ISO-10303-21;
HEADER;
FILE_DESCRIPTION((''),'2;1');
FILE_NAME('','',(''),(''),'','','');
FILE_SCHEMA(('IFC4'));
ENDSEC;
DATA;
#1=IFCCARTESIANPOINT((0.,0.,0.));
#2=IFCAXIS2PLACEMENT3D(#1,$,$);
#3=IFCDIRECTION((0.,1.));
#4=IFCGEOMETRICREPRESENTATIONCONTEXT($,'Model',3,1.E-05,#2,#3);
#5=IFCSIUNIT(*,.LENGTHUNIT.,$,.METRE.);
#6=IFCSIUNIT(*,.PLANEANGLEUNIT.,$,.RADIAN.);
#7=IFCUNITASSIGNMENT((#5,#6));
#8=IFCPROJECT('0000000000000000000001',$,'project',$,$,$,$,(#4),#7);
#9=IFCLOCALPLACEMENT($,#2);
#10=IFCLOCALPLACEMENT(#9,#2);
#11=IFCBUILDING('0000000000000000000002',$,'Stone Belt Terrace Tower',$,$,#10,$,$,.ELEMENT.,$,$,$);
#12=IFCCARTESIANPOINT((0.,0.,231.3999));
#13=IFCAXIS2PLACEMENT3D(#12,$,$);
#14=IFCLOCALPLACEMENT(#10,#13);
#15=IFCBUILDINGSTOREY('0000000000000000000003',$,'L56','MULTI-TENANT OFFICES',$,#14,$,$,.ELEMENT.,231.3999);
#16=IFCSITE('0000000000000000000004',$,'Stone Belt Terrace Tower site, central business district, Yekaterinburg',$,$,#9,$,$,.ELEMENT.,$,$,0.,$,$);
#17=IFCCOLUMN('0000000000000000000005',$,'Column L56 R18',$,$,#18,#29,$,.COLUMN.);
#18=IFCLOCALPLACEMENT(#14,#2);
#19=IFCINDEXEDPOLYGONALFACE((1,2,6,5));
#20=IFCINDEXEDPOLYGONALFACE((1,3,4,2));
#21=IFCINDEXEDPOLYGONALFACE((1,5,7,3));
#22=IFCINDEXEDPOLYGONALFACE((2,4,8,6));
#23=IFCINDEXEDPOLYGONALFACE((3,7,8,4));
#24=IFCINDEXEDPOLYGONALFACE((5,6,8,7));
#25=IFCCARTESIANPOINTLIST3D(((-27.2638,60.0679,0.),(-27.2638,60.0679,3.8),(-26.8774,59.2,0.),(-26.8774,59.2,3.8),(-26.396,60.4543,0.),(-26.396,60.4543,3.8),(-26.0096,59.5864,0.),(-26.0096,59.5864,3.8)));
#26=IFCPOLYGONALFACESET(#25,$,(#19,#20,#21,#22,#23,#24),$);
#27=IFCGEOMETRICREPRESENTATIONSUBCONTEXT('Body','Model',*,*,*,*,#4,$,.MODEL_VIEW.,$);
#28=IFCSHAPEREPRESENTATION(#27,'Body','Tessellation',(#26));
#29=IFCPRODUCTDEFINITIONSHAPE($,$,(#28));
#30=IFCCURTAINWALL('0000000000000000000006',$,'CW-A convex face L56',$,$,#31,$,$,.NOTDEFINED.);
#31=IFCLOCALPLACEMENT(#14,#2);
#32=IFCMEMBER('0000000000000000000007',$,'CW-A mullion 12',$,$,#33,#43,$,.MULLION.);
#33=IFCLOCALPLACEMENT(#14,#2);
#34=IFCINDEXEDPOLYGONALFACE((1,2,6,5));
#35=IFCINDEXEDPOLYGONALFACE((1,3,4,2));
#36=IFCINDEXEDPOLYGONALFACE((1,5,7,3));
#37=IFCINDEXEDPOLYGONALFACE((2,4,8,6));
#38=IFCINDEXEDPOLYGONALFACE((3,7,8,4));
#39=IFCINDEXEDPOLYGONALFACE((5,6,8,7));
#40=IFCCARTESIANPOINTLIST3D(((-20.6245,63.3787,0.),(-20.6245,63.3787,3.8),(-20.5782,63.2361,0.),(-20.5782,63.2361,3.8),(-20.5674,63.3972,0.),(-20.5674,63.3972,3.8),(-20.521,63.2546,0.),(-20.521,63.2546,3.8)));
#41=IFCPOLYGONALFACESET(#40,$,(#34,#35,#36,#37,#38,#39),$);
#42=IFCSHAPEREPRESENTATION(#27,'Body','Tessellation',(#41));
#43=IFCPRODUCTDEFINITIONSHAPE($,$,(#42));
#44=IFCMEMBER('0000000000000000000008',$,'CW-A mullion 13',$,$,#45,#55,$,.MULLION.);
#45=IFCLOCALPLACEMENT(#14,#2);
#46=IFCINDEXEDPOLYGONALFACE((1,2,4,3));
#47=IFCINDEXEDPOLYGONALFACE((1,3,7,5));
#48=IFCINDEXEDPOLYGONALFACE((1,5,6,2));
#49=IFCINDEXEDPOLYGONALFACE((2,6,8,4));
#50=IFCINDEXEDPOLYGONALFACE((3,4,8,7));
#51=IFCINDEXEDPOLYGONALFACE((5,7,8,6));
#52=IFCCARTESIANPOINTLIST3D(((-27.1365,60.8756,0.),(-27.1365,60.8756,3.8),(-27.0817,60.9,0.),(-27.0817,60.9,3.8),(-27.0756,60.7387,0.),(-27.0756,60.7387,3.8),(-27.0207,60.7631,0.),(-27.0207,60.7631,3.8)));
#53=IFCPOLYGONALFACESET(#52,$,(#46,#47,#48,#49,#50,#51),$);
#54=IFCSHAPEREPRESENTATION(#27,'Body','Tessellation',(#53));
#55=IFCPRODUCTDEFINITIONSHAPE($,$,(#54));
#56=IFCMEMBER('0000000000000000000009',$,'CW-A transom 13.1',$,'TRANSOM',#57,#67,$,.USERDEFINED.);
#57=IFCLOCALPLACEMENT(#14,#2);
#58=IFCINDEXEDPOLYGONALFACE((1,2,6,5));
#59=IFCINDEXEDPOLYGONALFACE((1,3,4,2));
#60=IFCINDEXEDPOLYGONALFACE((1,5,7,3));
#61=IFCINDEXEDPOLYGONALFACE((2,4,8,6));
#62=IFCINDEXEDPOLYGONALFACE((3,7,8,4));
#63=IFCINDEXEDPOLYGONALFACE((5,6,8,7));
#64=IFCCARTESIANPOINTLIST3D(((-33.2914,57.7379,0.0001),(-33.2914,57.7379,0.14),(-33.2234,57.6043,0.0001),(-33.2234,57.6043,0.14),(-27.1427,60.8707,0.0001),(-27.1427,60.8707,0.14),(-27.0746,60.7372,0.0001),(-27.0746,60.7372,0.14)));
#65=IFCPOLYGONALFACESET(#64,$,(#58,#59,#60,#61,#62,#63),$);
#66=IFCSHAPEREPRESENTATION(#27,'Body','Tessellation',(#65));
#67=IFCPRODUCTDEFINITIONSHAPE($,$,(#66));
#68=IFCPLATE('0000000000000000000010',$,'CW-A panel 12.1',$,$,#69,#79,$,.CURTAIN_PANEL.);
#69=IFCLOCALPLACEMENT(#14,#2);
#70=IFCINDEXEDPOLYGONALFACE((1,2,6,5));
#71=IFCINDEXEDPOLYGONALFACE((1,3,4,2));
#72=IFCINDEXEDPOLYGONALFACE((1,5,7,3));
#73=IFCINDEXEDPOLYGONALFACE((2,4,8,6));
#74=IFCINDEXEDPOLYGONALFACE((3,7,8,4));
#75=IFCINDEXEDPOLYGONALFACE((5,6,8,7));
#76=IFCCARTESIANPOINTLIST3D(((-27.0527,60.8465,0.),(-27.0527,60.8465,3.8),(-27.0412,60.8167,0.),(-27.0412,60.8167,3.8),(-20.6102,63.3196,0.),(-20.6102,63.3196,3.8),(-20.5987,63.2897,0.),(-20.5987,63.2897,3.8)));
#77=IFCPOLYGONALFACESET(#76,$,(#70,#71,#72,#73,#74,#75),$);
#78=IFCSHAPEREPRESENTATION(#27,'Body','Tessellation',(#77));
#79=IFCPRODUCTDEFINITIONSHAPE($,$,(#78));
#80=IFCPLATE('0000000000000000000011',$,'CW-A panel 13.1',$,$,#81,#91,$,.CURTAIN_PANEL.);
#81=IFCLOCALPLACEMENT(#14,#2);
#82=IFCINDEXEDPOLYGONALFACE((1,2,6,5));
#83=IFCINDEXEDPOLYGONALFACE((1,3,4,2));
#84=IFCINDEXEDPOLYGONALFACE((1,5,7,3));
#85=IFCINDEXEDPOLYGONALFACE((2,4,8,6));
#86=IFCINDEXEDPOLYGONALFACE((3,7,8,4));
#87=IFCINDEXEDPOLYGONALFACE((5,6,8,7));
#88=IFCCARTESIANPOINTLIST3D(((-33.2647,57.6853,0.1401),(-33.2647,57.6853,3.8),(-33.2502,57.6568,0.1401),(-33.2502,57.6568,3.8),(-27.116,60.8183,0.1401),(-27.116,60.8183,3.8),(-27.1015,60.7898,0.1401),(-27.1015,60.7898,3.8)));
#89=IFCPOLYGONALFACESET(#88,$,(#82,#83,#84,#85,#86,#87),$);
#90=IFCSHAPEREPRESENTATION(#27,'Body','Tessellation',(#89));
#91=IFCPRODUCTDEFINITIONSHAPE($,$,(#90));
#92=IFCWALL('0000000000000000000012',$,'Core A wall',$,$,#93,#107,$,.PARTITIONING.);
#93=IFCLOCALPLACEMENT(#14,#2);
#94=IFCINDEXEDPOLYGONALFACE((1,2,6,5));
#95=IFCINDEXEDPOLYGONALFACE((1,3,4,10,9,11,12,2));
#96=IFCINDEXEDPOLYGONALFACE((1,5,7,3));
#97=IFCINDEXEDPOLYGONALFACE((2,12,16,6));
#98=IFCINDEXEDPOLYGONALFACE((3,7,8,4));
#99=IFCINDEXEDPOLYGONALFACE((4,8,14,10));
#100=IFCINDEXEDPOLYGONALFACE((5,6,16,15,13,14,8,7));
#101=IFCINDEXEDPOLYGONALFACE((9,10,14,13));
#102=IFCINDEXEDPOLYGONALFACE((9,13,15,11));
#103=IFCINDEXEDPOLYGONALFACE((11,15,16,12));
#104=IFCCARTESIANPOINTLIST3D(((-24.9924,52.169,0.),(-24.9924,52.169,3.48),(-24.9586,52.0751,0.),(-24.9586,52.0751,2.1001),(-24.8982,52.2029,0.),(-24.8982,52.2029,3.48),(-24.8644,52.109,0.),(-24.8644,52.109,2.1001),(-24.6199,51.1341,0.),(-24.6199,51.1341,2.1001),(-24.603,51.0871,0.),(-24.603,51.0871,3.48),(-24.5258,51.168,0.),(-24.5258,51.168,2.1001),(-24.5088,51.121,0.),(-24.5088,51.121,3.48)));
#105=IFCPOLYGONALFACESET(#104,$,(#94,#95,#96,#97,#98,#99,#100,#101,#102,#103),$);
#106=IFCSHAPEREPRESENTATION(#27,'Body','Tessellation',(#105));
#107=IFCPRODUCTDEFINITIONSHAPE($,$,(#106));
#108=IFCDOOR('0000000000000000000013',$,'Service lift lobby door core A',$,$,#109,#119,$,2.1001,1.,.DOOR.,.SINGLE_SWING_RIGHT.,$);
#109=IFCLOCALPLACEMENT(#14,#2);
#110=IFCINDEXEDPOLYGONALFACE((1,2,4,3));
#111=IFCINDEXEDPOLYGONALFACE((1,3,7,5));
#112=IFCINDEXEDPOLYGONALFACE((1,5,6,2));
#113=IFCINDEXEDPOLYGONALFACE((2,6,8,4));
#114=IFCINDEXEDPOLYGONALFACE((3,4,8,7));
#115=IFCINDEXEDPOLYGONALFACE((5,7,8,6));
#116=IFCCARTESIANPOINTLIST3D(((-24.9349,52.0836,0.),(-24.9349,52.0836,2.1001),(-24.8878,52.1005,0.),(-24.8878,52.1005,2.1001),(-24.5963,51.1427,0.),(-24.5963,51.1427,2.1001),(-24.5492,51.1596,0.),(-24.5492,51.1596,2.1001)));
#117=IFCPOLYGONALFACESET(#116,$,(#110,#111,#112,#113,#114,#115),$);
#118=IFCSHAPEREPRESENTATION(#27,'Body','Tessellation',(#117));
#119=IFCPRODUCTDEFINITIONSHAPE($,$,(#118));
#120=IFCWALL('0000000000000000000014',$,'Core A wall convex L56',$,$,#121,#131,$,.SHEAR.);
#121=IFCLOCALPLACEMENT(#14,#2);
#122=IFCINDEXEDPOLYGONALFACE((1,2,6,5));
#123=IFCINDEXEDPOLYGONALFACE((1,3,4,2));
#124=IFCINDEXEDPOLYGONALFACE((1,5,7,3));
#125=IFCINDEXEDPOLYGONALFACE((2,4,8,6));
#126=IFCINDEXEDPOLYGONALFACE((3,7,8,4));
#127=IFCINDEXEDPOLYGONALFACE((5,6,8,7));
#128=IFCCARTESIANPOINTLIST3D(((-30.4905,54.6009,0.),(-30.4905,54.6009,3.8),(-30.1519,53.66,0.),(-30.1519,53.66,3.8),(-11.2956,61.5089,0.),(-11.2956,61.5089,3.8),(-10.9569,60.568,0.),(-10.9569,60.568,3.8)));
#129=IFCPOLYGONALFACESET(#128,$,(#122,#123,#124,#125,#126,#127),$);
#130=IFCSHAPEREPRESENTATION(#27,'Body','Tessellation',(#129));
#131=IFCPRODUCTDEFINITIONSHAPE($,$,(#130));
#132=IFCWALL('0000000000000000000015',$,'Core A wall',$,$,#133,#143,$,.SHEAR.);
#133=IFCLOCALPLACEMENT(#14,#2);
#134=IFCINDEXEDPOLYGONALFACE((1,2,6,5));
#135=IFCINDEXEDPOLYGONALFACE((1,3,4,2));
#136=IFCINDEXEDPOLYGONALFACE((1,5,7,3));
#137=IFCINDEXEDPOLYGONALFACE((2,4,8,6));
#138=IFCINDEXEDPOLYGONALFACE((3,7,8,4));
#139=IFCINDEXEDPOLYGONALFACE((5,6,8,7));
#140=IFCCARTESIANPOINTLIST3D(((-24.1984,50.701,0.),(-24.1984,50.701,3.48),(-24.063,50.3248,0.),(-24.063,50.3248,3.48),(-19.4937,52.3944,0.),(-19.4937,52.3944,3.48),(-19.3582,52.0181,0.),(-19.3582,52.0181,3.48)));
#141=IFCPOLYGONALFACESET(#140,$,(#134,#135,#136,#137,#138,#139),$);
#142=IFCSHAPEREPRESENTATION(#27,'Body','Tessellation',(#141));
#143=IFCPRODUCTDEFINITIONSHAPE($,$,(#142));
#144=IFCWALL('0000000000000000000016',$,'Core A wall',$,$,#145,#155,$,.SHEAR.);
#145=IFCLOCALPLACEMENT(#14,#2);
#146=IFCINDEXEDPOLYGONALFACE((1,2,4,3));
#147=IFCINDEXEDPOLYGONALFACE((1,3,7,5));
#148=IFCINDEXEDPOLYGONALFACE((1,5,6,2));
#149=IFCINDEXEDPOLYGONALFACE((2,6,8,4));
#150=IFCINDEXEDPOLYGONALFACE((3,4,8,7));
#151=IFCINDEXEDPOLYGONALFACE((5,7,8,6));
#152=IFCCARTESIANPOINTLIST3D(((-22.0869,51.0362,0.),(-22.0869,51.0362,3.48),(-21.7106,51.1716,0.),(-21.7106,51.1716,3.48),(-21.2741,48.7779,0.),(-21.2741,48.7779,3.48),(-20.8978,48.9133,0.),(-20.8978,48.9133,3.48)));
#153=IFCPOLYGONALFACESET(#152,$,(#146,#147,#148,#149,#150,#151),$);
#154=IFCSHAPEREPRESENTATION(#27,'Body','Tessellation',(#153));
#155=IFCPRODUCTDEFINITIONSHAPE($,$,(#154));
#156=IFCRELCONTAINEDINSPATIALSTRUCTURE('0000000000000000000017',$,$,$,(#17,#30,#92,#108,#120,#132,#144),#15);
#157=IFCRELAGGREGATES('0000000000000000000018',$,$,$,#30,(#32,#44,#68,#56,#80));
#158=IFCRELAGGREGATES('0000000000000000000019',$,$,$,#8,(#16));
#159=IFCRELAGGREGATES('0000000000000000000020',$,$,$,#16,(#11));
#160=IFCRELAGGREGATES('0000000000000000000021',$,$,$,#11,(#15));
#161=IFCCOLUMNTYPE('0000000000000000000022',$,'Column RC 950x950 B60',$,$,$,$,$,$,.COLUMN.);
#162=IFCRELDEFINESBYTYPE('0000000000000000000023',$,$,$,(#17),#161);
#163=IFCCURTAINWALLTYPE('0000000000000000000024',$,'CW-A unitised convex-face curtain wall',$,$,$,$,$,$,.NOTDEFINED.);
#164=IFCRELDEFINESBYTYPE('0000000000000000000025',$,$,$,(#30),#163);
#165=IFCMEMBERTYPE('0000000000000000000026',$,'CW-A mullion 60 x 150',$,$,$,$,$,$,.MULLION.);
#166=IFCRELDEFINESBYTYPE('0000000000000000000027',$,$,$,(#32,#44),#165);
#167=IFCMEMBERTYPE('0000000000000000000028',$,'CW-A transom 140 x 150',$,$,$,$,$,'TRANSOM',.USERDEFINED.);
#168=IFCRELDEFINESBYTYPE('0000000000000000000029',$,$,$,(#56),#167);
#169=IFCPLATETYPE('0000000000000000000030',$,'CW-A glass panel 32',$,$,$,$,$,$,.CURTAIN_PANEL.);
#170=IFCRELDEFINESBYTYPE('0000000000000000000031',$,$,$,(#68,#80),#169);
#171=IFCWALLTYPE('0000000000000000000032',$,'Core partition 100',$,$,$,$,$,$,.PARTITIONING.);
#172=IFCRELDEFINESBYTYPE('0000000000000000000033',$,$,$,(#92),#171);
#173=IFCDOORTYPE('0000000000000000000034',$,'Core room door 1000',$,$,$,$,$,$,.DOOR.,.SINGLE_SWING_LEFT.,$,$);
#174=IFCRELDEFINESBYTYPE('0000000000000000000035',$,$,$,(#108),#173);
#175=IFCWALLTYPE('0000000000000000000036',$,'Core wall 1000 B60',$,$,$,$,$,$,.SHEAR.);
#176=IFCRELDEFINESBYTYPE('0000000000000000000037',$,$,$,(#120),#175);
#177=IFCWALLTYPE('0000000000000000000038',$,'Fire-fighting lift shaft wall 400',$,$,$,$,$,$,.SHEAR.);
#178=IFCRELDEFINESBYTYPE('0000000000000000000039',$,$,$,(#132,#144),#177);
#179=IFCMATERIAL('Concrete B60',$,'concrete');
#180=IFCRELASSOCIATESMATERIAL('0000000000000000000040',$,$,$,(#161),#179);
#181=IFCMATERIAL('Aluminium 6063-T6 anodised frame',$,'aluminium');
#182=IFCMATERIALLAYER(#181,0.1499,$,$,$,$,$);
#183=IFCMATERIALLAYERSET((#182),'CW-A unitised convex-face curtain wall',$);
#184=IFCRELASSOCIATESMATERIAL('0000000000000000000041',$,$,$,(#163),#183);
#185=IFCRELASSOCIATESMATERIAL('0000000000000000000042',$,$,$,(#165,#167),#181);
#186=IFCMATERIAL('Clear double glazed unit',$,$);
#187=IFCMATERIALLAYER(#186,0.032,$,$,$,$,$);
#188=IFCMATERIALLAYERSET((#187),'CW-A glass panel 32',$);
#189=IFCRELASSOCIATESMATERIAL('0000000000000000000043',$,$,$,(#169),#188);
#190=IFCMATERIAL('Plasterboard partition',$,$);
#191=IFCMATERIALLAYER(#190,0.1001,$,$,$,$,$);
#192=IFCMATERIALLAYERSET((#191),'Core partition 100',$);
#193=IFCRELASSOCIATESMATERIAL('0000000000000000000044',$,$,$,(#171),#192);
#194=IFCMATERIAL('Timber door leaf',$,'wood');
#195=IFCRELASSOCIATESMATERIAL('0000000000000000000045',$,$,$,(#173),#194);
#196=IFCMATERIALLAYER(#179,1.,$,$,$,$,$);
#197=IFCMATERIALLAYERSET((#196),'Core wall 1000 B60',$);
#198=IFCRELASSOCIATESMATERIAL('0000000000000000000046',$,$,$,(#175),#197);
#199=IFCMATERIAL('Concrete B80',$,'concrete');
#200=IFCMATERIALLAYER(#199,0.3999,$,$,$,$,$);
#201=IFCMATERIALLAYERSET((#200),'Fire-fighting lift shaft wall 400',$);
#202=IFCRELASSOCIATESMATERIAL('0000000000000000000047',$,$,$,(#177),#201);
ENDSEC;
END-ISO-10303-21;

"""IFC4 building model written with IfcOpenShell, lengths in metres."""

from ifc_helpers import new_model, si_unit, direction, frame, frame_2d, origin, origin_2d, place, context, subcontext, project, spatial, rectangle, extrude, material, layer, layer_set, material_profile, profile_set, type_object, element, fill, aggregate, save


model = new_model("IFC4")

# Units and contexts
model_context = context("Model", 3, precision=1e-05, world=origin(), true_north=direction((0.0, 1.0)))
body_context = subcontext(model_context, "Body", "Model", "MODEL_VIEW")
ifc_project = project(units=[si_unit("LENGTHUNIT", "METRE"), si_unit("PLANEANGLEUNIT", "RADIAN")], contexts=[model_context])

# Site, building, storey
site_placement = place(None, origin())
site = spatial("IfcSite", under=ifc_project, at=site_placement, Name="Stone Belt Terrace Tower site, central business district, Yekaterinburg", CompositionType="ELEMENT", RefElevation=0.0)
building_placement = place(site_placement, origin())
building = spatial("IfcBuilding", under=site, at=building_placement, Name="Stone Belt Terrace Tower", CompositionType="ELEMENT")
storey_placement = place(building_placement, frame((0.0, 0.0, 231.3999)))
storey = spatial("IfcBuildingStorey", under=building, at=storey_placement, Name="L56", Description="MULTI-TENANT OFFICES", CompositionType="ELEMENT", Elevation=231.3999)

# Column
ifc_material_1 = material(Name="Concrete B60", Category="concrete")
ifc_material_profile_1 = material_profile(ifc_material_1, rectangle(XDim=0.95, YDim=0.95, at=origin_2d()), Name="RC 950x950")
ifc_profile_set_1 = profile_set([ifc_material_profile_1], Name="Concrete B60")
column_type = type_object("IfcColumnType", Name="Column RC 950x950 B60", PredefinedType="COLUMN", material=ifc_profile_set_1)
column_placement = place(storey_placement, frame((-26.6367, 59.8271, 0.0), z_axis=(0.0, 0.0, 1.0), x_axis=(0.913545, 0.406737, 0.0)))
element("IfcColumn", 1, at=column_placement, inside=storey, type_object=column_type, Name="Column L56 R18", PredefinedType="COLUMN", context=body_context, shape_type="SweptSolid", body=[
    extrude(rectangle(XDim=0.95, YDim=0.95, at=origin_2d()), origin(), (0.0, 0.0, 1.0), 3.8),
])

# Curtain wall, members, plates
ifc_material_2 = material(Name="Aluminium 6063-T6 anodised frame", Category="aluminium")
ifc_layer_1 = layer(ifc_material_2, 0.1499)
ifc_layer_set_1 = layer_set([ifc_layer_1], Name="CW-A unitised convex-face curtain wall")
curtain_wall_type = type_object("IfcCurtainWallType", Name="CW-A unitised convex-face curtain wall", PredefinedType="NOTDEFINED", material=ifc_layer_set_1)
curtain_wall_placement = place(storey_placement, origin())
curtain_wall = element("IfcCurtainWall", 2, at=curtain_wall_placement, inside=storey, type_object=curtain_wall_type, Name="CW-A convex face L56", PredefinedType="NOTDEFINED")
ifc_material_profile_2 = material_profile(ifc_material_2, rectangle(XDim=0.1499, YDim=0.0601, at=origin_2d()), Name="Aluminium 6063-T6 60x150")
ifc_profile_set_2 = profile_set([ifc_material_profile_2], Name="Aluminium 6063-T6 anodised frame")
member_type_1 = type_object("IfcMemberType", Name="CW-A mullion 60 x 150", PredefinedType="MULLION", material=ifc_profile_set_2)
member_1_placement = place(storey_placement, frame((-20.5728, 63.3167, 0.0), z_axis=(0.0, 0.0, 1.0), x_axis=(0.309017, -0.951057, 0.0)))
member_1 = element("IfcMember", 3, at=member_1_placement, type_object=member_type_1, Name="CW-A mullion 12", PredefinedType="MULLION", context=body_context, shape_type="SweptSolid", body=[
    extrude(rectangle(XDim=0.1499, YDim=0.0601, at=origin_2d()), origin(), (0.0, 0.0, 1.0), 3.8),
])
member_2_placement = place(storey_placement, frame((-27.0786, 60.8193, 0.0), z_axis=(0.0, 0.0, 1.0), x_axis=(0.406737, -0.913545, 0.0)))
member_2 = element("IfcMember", 4, at=member_2_placement, type_object=member_type_1, Name="CW-A mullion 13", PredefinedType="MULLION", context=body_context, shape_type="SweptSolid", body=[
    extrude(rectangle(XDim=0.1499, YDim=0.0601, at=origin_2d()), origin(), (0.0, 0.0, 1.0), 3.8),
])
ifc_material_profile_3 = material_profile(ifc_material_2, rectangle(XDim=0.1499, YDim=0.1399, at=origin_2d()), Name="Aluminium 6063-T6 150x140")
ifc_profile_set_3 = profile_set([ifc_material_profile_3], Name="Aluminium 6063-T6 anodised frame")
member_type_2 = type_object("IfcMemberType", Name="CW-A transom 140 x 150", ElementType="TRANSOM", PredefinedType="USERDEFINED", material=ifc_profile_set_3)
member_3_placement = place(storey_placement, frame((-27.1086, 60.804, 0.0701), z_axis=(-0.891012, -0.453979, 0.0), x_axis=(0.453979, -0.891012, 0.0)))
member_3 = element("IfcMember", 5, at=member_3_placement, type_object=member_type_2, Name="CW-A transom 13.1", ObjectType="TRANSOM", PredefinedType="USERDEFINED", context=body_context, shape_type="SweptSolid", body=[
    extrude(rectangle(XDim=0.1499, YDim=0.1399, at=origin_2d()), origin(), (0.0, 0.0, 1.0), 6.9009),
])
ifc_material_3 = material(Name="Clear double glazed unit")
ifc_layer_2 = layer(ifc_material_3, 0.032)
ifc_layer_set_2 = layer_set([ifc_layer_2], Name="CW-A glass panel 32")
plate_type = type_object("IfcPlateType", Name="CW-A glass panel 32", PredefinedType="CURTAIN_PANEL", material=ifc_layer_set_2)
plate_1_placement = place(storey_placement, frame((-23.8257, 62.0681, 0.0), z_axis=(0.0, 0.0, 1.0), x_axis=(-0.93358, -0.358368, 0.0)))
plate_1 = element("IfcPlate", 6, at=plate_1_placement, type_object=plate_type, Name="CW-A panel 12.1", PredefinedType="CURTAIN_PANEL", context=body_context, shape_type="SweptSolid", body=[
    extrude(rectangle(XDim=6.9009, YDim=0.032, at=origin_2d()), origin(), (0.0, 0.0, 1.0), 3.8),
])
plate_2_placement = place(storey_placement, frame((-30.1831, 59.2375, 0.1401), z_axis=(0.0, 0.0, 1.0), x_axis=(-0.891007, -0.45399, 0.0)))
plate_2 = element("IfcPlate", 7, at=plate_2_placement, type_object=plate_type, Name="CW-A panel 13.1", PredefinedType="CURTAIN_PANEL", context=body_context, shape_type="SweptSolid", body=[
    extrude(rectangle(XDim=6.9009, YDim=0.032, at=origin_2d()), origin(), (0.0, 0.0, 1.0), 3.6599),
])
aggregate(curtain_wall, [member_1, member_2, plate_1, member_3, plate_2])

# Wall, opening, door
ifc_material_4 = material(Name="Plasterboard partition")
ifc_layer_3 = layer(ifc_material_4, 0.1001)
ifc_layer_set_3 = layer_set([ifc_layer_3], Name="Core partition 100")
wall_type_1 = type_object("IfcWallType", Name="Core partition 100", PredefinedType="PARTITIONING", material=ifc_layer_set_3)
wall_1_placement = place(storey_placement, frame((-24.5559, 51.104, 0.0), z_axis=(0.0, 0.0, 1.0), x_axis=(-0.338622, 0.940923, 0.0)))
wall_1 = element("IfcWall", 8, at=wall_1_placement, inside=storey, type_object=wall_type_1, Name="Core A wall", PredefinedType="PARTITIONING", context=body_context, shape_type="SweptSolid", body=[
    extrude(rectangle(XDim=1.1499, YDim=0.1001, at=frame_2d((0.575, 0.0))), origin(), (0.0, 0.0, 1.0), 3.48),
])
opening_1_placement = place(wall_1_placement, frame((0.05, 0.0, 0.0)))
opening_1 = element("IfcOpeningElement", 9, at=opening_1_placement, cuts=wall_1, PredefinedType="OPENING", context=body_context, shape_type="SweptSolid", body=[
    extrude(rectangle(XDim=1.0, YDim=2.1001, at=frame_2d((0.5, 1.05))), frame((0.0, 0.0601, 0.0), z_axis=(0.0, -1.0, 0.0), x_axis=(1.0, 0.0, 0.0)), (0.0, 0.0, 1.0), 0.1201),
])
ifc_material_5 = material(Name="Timber door leaf", Category="wood")
door_type_1 = type_object("IfcDoorType", Name="Core room door 1000", OperationType="SINGLE_SWING_LEFT", PredefinedType="DOOR", material=ifc_material_5)
door_1_placement = place(opening_1_placement, origin())
door_1 = element("IfcDoor", 10, at=door_1_placement, inside=storey, type_object=door_type_1, Name="Service lift lobby door core A", OperationType="SINGLE_SWING_RIGHT", OverallHeight=2.1001, OverallWidth=1.0, PredefinedType="DOOR", context=body_context, shape_type="SweptSolid", body=[
    extrude(rectangle(XDim=1.0, YDim=2.1001, at=frame_2d((0.5, 1.05))), frame((0.0, 0.0249, 0.0), z_axis=(0.0, -1.0, 0.0), x_axis=(1.0, 0.0, 0.0)), (0.0, 0.0, 1.0), 0.05),
])
fill(opening_1, door_1)

# Walls
ifc_layer_4 = layer(ifc_material_1, 1.0)
ifc_layer_set_4 = layer_set([ifc_layer_4], Name="Core wall 1000 B60")
wall_type_2 = type_object("IfcWallType", Name="Core wall 1000 B60", PredefinedType="SHEAR", material=ifc_layer_set_4)
wall_2_placement = place(storey_placement, frame((-30.3213, 54.1304, 0.0), z_axis=(0.0, 0.0, 1.0), x_axis=(0.940921, 0.338625, 0.0)))
element("IfcWall", 11, at=wall_2_placement, inside=storey, type_object=wall_type_2, Name="Core A wall convex L56", PredefinedType="SHEAR", context=body_context, shape_type="SweptSolid", body=[
    extrude(rectangle(XDim=20.4001, YDim=1.0, at=frame_2d((10.2002, 0.0))), origin(), (0.0, 0.0, 1.0), 3.8),
])
ifc_material_6 = material(Name="Concrete B80", Category="concrete")
ifc_layer_5 = layer(ifc_material_6, 0.3999)
ifc_layer_set_5 = layer_set([ifc_layer_5], Name="Fire-fighting lift shaft wall 400")
wall_type_3 = type_object("IfcWallType", Name="Fire-fighting lift shaft wall 400", PredefinedType="SHEAR", material=ifc_layer_set_5)
wall_3_placement = place(storey_placement, frame((-24.1306, 50.5129, 0.0), z_axis=(0.0, 0.0, 1.0), x_axis=(0.940912, 0.338652, 0.0)))
element("IfcWall", 12, at=wall_3_placement, inside=storey, type_object=wall_type_3, Name="Core A wall", PredefinedType="SHEAR", context=body_context, shape_type="SweptSolid", body=[
    extrude(rectangle(XDim=5.0002, YDim=0.3999, at=frame_2d((2.5, 0.0))), origin(), (0.0, 0.0, 1.0), 3.48),
])
wall_4_placement = place(storey_placement, frame((-21.0859, 48.8455, 0.0), z_axis=(0.0, 0.0, 1.0), x_axis=(-0.338629, 0.94092, 0.0)))
element("IfcWall", 13, at=wall_4_placement, inside=storey, type_object=wall_type_3, Name="Core A wall", PredefinedType="SHEAR", context=body_context, shape_type="SweptSolid", body=[
    extrude(rectangle(XDim=2.4001, YDim=0.3999, at=frame_2d((1.2002, 0.0))), origin(), (0.0, 0.0, 1.0), 3.48),
])

save(model, "model.ifc")
